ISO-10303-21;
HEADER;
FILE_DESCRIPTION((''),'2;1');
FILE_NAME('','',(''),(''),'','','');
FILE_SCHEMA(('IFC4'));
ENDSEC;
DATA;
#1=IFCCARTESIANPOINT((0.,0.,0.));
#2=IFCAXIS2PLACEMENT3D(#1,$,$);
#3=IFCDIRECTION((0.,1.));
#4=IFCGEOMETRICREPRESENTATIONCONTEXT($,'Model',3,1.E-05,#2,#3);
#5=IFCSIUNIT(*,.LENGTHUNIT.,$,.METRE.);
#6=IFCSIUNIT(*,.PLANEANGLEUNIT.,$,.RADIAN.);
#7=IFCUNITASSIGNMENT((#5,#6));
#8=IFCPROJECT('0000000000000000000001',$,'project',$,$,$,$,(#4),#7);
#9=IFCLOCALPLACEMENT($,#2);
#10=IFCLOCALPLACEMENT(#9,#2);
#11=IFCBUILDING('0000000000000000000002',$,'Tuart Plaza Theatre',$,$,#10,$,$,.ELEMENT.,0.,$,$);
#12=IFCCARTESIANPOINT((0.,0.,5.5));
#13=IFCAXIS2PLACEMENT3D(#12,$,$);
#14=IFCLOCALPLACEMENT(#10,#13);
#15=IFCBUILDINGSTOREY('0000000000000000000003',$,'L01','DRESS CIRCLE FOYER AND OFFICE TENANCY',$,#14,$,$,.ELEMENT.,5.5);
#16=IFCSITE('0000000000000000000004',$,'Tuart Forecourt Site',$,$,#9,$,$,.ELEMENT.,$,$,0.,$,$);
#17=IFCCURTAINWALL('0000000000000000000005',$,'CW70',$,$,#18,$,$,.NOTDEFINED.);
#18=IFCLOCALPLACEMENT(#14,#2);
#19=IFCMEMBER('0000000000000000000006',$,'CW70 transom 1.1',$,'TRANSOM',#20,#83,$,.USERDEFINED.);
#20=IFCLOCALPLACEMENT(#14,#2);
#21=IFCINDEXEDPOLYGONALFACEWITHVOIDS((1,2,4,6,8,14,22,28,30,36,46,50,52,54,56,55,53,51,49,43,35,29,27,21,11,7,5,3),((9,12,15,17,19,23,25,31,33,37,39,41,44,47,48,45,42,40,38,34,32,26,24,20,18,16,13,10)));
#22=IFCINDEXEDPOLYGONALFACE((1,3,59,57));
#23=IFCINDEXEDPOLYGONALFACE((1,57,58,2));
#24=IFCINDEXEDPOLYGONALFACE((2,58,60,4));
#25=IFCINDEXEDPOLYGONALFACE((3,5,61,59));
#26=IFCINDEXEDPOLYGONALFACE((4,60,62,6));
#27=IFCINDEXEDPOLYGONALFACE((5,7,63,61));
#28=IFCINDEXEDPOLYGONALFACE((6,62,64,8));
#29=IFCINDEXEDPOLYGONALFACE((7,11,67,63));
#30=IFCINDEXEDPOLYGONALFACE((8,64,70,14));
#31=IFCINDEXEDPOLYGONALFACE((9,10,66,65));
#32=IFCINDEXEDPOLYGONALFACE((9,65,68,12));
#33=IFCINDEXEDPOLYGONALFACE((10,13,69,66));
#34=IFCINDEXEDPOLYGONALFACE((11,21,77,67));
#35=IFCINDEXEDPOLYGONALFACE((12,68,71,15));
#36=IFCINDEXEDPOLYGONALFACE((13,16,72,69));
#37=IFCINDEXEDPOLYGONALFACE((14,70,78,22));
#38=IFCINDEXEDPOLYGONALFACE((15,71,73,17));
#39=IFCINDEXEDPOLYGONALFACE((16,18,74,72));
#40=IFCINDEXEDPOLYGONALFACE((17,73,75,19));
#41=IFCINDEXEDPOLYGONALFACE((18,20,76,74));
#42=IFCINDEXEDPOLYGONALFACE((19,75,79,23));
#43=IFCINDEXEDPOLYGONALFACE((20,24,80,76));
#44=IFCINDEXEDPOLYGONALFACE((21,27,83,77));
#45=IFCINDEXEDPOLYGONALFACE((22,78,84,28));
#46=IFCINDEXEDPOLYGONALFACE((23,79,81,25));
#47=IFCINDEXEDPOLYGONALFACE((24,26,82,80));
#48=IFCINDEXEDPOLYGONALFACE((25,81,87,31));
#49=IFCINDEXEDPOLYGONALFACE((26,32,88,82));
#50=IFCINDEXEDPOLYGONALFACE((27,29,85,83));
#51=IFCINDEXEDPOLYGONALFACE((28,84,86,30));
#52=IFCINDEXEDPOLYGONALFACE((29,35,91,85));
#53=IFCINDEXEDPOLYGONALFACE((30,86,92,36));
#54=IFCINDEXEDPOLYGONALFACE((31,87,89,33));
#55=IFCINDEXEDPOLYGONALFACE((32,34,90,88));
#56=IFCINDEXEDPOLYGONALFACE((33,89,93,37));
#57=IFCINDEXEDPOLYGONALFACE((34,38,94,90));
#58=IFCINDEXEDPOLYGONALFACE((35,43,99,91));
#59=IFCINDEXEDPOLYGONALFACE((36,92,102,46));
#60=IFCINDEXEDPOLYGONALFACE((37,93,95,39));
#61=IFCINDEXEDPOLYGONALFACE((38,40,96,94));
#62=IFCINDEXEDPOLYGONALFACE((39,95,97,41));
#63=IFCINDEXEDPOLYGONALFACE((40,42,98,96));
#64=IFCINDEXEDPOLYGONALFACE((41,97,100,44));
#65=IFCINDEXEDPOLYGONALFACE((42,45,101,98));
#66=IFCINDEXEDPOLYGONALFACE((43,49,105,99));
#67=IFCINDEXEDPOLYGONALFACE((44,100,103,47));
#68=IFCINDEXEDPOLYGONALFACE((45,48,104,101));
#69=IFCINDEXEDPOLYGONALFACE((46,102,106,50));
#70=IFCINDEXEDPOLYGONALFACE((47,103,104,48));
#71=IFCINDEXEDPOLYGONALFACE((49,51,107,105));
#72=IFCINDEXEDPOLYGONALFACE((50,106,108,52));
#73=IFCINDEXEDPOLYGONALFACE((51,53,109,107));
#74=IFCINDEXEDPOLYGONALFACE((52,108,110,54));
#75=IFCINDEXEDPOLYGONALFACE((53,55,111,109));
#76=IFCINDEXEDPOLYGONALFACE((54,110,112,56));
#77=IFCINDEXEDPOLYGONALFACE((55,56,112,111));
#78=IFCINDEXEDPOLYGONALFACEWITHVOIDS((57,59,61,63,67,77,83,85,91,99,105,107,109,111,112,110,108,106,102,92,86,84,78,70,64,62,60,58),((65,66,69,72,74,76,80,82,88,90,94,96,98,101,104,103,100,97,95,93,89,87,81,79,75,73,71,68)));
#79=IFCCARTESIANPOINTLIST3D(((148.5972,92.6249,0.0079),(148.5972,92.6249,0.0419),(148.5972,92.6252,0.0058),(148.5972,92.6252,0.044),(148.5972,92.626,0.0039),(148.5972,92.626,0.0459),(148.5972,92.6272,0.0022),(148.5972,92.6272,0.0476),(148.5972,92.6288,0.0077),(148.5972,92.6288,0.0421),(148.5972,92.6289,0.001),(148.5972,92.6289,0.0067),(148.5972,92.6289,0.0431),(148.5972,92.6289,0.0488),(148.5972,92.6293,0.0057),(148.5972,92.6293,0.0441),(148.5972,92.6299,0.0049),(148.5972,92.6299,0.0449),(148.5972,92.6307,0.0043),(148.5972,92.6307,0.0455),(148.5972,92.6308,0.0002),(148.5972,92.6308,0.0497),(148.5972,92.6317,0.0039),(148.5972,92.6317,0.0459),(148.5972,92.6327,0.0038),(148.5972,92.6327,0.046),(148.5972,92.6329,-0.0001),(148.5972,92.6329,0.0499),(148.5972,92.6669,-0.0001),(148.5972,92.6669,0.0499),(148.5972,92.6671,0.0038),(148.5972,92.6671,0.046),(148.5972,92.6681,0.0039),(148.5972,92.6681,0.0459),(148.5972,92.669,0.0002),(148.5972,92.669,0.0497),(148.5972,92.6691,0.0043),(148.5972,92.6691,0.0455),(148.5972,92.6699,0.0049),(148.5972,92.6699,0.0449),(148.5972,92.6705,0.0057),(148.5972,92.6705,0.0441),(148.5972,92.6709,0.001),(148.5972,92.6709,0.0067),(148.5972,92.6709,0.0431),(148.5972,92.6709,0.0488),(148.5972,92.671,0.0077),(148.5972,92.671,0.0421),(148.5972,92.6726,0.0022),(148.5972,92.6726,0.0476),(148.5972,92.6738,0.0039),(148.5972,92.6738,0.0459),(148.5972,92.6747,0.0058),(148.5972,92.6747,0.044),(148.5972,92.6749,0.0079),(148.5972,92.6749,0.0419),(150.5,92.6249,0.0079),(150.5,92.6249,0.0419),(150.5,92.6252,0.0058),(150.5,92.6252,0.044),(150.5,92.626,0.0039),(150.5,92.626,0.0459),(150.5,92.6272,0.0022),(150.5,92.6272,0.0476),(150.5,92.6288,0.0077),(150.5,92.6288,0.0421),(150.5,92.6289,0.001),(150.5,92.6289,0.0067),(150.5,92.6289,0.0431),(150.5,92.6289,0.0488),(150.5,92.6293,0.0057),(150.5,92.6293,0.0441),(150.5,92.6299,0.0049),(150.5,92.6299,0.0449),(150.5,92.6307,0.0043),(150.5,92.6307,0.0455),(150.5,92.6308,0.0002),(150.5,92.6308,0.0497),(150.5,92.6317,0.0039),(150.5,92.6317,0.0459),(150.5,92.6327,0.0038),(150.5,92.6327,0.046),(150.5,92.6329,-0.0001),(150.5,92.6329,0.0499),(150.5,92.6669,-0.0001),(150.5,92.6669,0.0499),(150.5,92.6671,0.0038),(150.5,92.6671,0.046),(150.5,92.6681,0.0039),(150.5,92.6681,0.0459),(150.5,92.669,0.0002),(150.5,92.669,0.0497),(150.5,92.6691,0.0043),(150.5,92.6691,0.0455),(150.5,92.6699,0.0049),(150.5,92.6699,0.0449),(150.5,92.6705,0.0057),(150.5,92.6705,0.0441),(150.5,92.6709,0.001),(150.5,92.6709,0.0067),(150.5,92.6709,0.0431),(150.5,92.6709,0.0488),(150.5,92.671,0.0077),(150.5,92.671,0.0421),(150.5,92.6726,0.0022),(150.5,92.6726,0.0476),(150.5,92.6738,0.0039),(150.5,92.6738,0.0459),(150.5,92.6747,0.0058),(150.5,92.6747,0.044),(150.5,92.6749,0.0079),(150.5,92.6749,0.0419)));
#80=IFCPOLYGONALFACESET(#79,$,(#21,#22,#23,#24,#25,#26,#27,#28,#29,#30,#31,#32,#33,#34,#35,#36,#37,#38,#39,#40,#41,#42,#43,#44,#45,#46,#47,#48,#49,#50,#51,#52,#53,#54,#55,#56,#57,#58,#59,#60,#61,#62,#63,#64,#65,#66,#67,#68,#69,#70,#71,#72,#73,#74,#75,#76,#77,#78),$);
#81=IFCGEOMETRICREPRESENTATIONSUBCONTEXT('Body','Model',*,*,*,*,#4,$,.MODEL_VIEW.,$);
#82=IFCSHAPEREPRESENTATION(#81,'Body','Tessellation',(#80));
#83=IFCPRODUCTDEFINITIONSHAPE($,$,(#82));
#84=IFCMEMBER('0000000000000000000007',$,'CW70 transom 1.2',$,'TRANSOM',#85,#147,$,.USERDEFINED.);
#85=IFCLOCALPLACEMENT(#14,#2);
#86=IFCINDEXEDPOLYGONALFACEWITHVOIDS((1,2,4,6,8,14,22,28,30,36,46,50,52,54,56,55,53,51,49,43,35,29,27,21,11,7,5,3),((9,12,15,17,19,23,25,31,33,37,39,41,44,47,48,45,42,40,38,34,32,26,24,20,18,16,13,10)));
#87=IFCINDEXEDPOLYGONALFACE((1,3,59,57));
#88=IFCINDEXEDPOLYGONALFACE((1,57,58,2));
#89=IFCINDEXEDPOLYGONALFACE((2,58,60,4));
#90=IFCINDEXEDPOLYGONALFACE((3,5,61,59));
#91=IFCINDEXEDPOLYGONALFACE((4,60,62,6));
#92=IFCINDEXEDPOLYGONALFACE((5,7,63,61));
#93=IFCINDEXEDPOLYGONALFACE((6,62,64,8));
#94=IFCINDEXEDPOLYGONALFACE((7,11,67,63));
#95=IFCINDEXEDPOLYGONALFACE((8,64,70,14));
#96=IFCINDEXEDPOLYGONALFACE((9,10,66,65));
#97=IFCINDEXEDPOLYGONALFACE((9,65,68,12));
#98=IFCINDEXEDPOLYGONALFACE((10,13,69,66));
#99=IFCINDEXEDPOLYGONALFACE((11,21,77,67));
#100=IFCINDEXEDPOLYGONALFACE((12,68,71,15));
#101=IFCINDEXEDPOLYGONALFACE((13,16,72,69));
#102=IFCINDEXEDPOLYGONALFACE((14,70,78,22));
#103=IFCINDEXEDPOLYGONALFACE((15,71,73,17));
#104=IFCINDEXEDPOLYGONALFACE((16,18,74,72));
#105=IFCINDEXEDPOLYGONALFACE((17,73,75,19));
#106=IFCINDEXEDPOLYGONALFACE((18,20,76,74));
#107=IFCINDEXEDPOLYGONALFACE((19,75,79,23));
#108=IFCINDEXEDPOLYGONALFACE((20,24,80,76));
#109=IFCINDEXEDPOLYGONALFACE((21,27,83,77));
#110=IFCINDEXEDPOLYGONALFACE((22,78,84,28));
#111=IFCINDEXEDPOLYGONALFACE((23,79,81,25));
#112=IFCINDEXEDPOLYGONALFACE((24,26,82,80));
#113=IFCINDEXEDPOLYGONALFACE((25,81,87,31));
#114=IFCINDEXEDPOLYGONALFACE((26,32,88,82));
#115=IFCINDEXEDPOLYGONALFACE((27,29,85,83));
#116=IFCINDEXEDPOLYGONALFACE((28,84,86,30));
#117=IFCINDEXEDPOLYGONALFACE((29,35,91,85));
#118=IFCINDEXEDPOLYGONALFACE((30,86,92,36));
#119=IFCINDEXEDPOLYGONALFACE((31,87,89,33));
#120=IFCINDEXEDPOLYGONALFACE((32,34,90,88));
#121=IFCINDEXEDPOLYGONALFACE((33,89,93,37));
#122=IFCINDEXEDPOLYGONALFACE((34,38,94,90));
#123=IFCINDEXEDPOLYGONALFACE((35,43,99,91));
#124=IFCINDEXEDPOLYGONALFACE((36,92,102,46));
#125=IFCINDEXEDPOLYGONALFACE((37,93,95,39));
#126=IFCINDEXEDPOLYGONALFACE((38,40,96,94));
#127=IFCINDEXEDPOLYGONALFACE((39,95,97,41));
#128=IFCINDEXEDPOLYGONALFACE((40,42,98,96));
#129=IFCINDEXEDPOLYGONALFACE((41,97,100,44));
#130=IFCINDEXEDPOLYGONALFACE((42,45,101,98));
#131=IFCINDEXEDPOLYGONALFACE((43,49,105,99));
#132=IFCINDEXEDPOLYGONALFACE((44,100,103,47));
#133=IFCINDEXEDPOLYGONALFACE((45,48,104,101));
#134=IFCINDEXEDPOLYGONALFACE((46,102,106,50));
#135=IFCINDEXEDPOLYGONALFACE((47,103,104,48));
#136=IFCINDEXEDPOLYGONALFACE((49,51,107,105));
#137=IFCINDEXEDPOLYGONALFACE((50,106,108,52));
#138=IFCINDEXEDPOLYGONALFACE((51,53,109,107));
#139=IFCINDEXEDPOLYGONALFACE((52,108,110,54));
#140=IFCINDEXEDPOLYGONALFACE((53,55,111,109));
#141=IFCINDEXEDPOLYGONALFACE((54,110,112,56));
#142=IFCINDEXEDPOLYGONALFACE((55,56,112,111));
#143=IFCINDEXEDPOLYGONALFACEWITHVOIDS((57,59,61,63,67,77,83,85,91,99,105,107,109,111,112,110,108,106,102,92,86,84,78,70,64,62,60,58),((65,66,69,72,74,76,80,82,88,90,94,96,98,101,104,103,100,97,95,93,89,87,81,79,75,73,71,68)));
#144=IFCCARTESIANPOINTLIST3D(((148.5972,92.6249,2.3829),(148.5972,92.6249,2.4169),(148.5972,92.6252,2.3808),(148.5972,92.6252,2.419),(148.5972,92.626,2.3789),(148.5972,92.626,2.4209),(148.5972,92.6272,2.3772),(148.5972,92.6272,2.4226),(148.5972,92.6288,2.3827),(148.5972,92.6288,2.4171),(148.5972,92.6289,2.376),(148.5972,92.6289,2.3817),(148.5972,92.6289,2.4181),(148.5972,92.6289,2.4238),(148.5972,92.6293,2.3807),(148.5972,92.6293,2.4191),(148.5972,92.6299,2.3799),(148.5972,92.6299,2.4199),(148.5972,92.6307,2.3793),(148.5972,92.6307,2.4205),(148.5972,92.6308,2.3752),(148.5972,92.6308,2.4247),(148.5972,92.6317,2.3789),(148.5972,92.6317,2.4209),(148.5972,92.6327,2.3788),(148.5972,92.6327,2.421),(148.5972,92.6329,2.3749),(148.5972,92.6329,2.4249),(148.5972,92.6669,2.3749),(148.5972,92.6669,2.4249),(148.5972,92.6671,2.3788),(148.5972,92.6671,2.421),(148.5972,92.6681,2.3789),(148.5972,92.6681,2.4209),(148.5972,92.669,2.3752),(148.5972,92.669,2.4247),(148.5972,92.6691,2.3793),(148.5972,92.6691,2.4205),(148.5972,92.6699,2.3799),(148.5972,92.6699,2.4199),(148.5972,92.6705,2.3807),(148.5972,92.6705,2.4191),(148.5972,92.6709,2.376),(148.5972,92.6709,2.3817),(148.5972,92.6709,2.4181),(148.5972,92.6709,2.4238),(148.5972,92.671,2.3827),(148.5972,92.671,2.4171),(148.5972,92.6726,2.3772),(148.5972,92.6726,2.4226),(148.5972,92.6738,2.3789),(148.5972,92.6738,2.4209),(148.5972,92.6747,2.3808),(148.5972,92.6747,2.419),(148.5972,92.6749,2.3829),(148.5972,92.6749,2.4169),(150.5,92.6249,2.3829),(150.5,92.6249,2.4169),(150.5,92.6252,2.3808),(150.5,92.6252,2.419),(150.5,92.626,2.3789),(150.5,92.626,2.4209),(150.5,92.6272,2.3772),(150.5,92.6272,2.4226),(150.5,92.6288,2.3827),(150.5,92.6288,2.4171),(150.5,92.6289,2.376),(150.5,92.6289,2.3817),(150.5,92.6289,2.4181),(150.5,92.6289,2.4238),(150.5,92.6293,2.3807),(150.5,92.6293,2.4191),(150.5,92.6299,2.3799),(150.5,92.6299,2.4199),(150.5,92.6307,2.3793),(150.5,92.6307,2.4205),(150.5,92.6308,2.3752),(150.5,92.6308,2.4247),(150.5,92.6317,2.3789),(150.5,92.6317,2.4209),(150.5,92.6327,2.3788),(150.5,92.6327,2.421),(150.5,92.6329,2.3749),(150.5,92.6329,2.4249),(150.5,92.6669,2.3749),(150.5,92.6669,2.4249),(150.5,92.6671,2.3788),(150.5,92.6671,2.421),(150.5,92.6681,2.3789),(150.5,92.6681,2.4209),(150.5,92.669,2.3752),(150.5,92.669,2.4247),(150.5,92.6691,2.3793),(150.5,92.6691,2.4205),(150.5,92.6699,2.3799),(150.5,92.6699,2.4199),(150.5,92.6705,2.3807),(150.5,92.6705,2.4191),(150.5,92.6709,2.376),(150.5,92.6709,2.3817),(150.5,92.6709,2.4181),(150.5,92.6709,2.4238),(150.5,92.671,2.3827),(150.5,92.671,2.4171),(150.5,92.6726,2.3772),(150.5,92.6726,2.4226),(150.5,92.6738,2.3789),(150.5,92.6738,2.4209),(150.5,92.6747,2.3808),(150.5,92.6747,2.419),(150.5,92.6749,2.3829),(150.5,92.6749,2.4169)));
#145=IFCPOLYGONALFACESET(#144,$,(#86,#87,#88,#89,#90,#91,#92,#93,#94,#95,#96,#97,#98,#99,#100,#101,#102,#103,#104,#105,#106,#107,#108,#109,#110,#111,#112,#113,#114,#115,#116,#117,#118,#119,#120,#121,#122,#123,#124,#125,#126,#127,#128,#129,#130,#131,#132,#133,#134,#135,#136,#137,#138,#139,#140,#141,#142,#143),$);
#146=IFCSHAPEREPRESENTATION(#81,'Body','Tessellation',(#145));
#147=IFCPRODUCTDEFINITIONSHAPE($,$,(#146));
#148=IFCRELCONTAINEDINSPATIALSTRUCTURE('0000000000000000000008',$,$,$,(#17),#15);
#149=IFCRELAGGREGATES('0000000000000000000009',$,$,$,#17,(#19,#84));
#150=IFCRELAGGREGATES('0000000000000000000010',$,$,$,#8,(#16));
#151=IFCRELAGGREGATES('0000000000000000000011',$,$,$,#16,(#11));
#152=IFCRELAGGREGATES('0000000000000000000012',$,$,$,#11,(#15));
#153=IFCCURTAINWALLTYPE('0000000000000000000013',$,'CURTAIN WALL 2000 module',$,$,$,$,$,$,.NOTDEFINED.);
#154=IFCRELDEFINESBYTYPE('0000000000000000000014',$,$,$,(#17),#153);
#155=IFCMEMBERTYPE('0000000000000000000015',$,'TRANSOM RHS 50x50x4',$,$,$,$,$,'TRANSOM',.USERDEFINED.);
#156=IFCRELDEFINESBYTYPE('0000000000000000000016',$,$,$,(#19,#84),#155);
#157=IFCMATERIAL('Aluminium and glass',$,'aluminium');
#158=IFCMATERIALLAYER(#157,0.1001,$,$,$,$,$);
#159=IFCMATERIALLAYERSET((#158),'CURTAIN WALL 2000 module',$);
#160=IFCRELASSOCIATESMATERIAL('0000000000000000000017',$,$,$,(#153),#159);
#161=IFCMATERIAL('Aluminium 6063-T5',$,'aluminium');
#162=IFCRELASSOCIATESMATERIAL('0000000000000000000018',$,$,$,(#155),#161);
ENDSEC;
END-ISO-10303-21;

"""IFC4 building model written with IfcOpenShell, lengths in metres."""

from ifc_helpers import new_model, si_unit, direction, frame, origin, origin_2d, place, context, subcontext, project, spatial, hollow_rectangle, extrude, material, layer, layer_set, material_profile, profile_set, type_object, element, aggregate, save


model = new_model("IFC4")

# Units and contexts
model_context = context("Model", 3, precision=1e-05, world=origin(), true_north=direction((0.0, 1.0)))
body_context = subcontext(model_context, "Body", "Model", "MODEL_VIEW")
ifc_project = project(units=[si_unit("LENGTHUNIT", "METRE"), si_unit("PLANEANGLEUNIT", "RADIAN")], contexts=[model_context])

# Site, building, storey
site_placement = place(None, origin())
site = spatial("IfcSite", under=ifc_project, at=site_placement, Name="Tuart Forecourt Site", CompositionType="ELEMENT", RefElevation=0.0)
building_placement = place(site_placement, origin())
building = spatial("IfcBuilding", under=site, at=building_placement, Name="Tuart Plaza Theatre", CompositionType="ELEMENT", ElevationOfRefHeight=0.0)
storey_placement = place(building_placement, frame((0.0, 0.0, 5.5)))
storey = spatial("IfcBuildingStorey", under=building, at=storey_placement, Name="L01", Description="DRESS CIRCLE FOYER AND OFFICE TENANCY", CompositionType="ELEMENT", Elevation=5.5)

# Curtain wall
ifc_material_1 = material(Name="Aluminium and glass", Category="aluminium")
ifc_layer_1 = layer(ifc_material_1, 0.1001)
ifc_layer_set_1 = layer_set([ifc_layer_1], Name="CURTAIN WALL 2000 module")
curtain_wall_type = type_object("IfcCurtainWallType", Name="CURTAIN WALL 2000 module", PredefinedType="NOTDEFINED", material=ifc_layer_set_1)
curtain_wall_1_placement = place(storey_placement, origin())
curtain_wall_1 = element("IfcCurtainWall", 1, at=curtain_wall_1_placement, inside=storey, type_object=curtain_wall_type, Name="CW70", PredefinedType="NOTDEFINED")

# Members
ifc_material_2 = material(Name="Aluminium 6063-T5", Category="aluminium")
ifc_material_profile_1 = material_profile(ifc_material_2, hollow_rectangle(XDim=0.05, YDim=0.05, WallThickness=0.0039, InnerFilletRadius=0.0039, OuterFilletRadius=0.0081, at=origin_2d()), Name="RHS 50x50x4")
ifc_profile_set_1 = profile_set([ifc_material_profile_1], Name="Aluminium 6063-T5")
member_type_1 = type_object("IfcMemberType", Name="TRANSOM RHS 50x50x4", ElementType="TRANSOM", PredefinedType="USERDEFINED", material=ifc_profile_set_1)
member_1_placement = place(storey_placement, frame((150.5, 92.6499, 0.0249), z_axis=(-1.0, 0.0, 0.0), x_axis=(0.0, -1.0, 0.0)))
member_1 = element("IfcMember", 2, at=member_1_placement, type_object=member_type_1, Name="CW70 transom 1.1", ObjectType="TRANSOM", PredefinedType="USERDEFINED", context=body_context, shape_type="SweptSolid", body=[
    extrude(hollow_rectangle(XDim=0.05, YDim=0.05, WallThickness=0.0039, InnerFilletRadius=0.0039, OuterFilletRadius=0.0081, at=origin_2d()), origin(), (0.0, 0.0, 1.0), 1.9028),
])
member_2_placement = place(storey_placement, frame((150.5, 92.6499, 2.3999), z_axis=(-1.0, 0.0, 0.0), x_axis=(0.0, -1.0, 0.0)))
member_2 = element("IfcMember", 3, at=member_2_placement, type_object=member_type_1, Name="CW70 transom 1.2", ObjectType="TRANSOM", PredefinedType="USERDEFINED", context=body_context, shape_type="SweptSolid", body=[
    extrude(hollow_rectangle(XDim=0.05, YDim=0.05, WallThickness=0.0039, InnerFilletRadius=0.0039, OuterFilletRadius=0.0081, at=origin_2d()), origin(), (0.0, 0.0, 1.0), 1.9028),
])

aggregate(curtain_wall_1, [member_1, member_2])

save(model, "model.ifc")
